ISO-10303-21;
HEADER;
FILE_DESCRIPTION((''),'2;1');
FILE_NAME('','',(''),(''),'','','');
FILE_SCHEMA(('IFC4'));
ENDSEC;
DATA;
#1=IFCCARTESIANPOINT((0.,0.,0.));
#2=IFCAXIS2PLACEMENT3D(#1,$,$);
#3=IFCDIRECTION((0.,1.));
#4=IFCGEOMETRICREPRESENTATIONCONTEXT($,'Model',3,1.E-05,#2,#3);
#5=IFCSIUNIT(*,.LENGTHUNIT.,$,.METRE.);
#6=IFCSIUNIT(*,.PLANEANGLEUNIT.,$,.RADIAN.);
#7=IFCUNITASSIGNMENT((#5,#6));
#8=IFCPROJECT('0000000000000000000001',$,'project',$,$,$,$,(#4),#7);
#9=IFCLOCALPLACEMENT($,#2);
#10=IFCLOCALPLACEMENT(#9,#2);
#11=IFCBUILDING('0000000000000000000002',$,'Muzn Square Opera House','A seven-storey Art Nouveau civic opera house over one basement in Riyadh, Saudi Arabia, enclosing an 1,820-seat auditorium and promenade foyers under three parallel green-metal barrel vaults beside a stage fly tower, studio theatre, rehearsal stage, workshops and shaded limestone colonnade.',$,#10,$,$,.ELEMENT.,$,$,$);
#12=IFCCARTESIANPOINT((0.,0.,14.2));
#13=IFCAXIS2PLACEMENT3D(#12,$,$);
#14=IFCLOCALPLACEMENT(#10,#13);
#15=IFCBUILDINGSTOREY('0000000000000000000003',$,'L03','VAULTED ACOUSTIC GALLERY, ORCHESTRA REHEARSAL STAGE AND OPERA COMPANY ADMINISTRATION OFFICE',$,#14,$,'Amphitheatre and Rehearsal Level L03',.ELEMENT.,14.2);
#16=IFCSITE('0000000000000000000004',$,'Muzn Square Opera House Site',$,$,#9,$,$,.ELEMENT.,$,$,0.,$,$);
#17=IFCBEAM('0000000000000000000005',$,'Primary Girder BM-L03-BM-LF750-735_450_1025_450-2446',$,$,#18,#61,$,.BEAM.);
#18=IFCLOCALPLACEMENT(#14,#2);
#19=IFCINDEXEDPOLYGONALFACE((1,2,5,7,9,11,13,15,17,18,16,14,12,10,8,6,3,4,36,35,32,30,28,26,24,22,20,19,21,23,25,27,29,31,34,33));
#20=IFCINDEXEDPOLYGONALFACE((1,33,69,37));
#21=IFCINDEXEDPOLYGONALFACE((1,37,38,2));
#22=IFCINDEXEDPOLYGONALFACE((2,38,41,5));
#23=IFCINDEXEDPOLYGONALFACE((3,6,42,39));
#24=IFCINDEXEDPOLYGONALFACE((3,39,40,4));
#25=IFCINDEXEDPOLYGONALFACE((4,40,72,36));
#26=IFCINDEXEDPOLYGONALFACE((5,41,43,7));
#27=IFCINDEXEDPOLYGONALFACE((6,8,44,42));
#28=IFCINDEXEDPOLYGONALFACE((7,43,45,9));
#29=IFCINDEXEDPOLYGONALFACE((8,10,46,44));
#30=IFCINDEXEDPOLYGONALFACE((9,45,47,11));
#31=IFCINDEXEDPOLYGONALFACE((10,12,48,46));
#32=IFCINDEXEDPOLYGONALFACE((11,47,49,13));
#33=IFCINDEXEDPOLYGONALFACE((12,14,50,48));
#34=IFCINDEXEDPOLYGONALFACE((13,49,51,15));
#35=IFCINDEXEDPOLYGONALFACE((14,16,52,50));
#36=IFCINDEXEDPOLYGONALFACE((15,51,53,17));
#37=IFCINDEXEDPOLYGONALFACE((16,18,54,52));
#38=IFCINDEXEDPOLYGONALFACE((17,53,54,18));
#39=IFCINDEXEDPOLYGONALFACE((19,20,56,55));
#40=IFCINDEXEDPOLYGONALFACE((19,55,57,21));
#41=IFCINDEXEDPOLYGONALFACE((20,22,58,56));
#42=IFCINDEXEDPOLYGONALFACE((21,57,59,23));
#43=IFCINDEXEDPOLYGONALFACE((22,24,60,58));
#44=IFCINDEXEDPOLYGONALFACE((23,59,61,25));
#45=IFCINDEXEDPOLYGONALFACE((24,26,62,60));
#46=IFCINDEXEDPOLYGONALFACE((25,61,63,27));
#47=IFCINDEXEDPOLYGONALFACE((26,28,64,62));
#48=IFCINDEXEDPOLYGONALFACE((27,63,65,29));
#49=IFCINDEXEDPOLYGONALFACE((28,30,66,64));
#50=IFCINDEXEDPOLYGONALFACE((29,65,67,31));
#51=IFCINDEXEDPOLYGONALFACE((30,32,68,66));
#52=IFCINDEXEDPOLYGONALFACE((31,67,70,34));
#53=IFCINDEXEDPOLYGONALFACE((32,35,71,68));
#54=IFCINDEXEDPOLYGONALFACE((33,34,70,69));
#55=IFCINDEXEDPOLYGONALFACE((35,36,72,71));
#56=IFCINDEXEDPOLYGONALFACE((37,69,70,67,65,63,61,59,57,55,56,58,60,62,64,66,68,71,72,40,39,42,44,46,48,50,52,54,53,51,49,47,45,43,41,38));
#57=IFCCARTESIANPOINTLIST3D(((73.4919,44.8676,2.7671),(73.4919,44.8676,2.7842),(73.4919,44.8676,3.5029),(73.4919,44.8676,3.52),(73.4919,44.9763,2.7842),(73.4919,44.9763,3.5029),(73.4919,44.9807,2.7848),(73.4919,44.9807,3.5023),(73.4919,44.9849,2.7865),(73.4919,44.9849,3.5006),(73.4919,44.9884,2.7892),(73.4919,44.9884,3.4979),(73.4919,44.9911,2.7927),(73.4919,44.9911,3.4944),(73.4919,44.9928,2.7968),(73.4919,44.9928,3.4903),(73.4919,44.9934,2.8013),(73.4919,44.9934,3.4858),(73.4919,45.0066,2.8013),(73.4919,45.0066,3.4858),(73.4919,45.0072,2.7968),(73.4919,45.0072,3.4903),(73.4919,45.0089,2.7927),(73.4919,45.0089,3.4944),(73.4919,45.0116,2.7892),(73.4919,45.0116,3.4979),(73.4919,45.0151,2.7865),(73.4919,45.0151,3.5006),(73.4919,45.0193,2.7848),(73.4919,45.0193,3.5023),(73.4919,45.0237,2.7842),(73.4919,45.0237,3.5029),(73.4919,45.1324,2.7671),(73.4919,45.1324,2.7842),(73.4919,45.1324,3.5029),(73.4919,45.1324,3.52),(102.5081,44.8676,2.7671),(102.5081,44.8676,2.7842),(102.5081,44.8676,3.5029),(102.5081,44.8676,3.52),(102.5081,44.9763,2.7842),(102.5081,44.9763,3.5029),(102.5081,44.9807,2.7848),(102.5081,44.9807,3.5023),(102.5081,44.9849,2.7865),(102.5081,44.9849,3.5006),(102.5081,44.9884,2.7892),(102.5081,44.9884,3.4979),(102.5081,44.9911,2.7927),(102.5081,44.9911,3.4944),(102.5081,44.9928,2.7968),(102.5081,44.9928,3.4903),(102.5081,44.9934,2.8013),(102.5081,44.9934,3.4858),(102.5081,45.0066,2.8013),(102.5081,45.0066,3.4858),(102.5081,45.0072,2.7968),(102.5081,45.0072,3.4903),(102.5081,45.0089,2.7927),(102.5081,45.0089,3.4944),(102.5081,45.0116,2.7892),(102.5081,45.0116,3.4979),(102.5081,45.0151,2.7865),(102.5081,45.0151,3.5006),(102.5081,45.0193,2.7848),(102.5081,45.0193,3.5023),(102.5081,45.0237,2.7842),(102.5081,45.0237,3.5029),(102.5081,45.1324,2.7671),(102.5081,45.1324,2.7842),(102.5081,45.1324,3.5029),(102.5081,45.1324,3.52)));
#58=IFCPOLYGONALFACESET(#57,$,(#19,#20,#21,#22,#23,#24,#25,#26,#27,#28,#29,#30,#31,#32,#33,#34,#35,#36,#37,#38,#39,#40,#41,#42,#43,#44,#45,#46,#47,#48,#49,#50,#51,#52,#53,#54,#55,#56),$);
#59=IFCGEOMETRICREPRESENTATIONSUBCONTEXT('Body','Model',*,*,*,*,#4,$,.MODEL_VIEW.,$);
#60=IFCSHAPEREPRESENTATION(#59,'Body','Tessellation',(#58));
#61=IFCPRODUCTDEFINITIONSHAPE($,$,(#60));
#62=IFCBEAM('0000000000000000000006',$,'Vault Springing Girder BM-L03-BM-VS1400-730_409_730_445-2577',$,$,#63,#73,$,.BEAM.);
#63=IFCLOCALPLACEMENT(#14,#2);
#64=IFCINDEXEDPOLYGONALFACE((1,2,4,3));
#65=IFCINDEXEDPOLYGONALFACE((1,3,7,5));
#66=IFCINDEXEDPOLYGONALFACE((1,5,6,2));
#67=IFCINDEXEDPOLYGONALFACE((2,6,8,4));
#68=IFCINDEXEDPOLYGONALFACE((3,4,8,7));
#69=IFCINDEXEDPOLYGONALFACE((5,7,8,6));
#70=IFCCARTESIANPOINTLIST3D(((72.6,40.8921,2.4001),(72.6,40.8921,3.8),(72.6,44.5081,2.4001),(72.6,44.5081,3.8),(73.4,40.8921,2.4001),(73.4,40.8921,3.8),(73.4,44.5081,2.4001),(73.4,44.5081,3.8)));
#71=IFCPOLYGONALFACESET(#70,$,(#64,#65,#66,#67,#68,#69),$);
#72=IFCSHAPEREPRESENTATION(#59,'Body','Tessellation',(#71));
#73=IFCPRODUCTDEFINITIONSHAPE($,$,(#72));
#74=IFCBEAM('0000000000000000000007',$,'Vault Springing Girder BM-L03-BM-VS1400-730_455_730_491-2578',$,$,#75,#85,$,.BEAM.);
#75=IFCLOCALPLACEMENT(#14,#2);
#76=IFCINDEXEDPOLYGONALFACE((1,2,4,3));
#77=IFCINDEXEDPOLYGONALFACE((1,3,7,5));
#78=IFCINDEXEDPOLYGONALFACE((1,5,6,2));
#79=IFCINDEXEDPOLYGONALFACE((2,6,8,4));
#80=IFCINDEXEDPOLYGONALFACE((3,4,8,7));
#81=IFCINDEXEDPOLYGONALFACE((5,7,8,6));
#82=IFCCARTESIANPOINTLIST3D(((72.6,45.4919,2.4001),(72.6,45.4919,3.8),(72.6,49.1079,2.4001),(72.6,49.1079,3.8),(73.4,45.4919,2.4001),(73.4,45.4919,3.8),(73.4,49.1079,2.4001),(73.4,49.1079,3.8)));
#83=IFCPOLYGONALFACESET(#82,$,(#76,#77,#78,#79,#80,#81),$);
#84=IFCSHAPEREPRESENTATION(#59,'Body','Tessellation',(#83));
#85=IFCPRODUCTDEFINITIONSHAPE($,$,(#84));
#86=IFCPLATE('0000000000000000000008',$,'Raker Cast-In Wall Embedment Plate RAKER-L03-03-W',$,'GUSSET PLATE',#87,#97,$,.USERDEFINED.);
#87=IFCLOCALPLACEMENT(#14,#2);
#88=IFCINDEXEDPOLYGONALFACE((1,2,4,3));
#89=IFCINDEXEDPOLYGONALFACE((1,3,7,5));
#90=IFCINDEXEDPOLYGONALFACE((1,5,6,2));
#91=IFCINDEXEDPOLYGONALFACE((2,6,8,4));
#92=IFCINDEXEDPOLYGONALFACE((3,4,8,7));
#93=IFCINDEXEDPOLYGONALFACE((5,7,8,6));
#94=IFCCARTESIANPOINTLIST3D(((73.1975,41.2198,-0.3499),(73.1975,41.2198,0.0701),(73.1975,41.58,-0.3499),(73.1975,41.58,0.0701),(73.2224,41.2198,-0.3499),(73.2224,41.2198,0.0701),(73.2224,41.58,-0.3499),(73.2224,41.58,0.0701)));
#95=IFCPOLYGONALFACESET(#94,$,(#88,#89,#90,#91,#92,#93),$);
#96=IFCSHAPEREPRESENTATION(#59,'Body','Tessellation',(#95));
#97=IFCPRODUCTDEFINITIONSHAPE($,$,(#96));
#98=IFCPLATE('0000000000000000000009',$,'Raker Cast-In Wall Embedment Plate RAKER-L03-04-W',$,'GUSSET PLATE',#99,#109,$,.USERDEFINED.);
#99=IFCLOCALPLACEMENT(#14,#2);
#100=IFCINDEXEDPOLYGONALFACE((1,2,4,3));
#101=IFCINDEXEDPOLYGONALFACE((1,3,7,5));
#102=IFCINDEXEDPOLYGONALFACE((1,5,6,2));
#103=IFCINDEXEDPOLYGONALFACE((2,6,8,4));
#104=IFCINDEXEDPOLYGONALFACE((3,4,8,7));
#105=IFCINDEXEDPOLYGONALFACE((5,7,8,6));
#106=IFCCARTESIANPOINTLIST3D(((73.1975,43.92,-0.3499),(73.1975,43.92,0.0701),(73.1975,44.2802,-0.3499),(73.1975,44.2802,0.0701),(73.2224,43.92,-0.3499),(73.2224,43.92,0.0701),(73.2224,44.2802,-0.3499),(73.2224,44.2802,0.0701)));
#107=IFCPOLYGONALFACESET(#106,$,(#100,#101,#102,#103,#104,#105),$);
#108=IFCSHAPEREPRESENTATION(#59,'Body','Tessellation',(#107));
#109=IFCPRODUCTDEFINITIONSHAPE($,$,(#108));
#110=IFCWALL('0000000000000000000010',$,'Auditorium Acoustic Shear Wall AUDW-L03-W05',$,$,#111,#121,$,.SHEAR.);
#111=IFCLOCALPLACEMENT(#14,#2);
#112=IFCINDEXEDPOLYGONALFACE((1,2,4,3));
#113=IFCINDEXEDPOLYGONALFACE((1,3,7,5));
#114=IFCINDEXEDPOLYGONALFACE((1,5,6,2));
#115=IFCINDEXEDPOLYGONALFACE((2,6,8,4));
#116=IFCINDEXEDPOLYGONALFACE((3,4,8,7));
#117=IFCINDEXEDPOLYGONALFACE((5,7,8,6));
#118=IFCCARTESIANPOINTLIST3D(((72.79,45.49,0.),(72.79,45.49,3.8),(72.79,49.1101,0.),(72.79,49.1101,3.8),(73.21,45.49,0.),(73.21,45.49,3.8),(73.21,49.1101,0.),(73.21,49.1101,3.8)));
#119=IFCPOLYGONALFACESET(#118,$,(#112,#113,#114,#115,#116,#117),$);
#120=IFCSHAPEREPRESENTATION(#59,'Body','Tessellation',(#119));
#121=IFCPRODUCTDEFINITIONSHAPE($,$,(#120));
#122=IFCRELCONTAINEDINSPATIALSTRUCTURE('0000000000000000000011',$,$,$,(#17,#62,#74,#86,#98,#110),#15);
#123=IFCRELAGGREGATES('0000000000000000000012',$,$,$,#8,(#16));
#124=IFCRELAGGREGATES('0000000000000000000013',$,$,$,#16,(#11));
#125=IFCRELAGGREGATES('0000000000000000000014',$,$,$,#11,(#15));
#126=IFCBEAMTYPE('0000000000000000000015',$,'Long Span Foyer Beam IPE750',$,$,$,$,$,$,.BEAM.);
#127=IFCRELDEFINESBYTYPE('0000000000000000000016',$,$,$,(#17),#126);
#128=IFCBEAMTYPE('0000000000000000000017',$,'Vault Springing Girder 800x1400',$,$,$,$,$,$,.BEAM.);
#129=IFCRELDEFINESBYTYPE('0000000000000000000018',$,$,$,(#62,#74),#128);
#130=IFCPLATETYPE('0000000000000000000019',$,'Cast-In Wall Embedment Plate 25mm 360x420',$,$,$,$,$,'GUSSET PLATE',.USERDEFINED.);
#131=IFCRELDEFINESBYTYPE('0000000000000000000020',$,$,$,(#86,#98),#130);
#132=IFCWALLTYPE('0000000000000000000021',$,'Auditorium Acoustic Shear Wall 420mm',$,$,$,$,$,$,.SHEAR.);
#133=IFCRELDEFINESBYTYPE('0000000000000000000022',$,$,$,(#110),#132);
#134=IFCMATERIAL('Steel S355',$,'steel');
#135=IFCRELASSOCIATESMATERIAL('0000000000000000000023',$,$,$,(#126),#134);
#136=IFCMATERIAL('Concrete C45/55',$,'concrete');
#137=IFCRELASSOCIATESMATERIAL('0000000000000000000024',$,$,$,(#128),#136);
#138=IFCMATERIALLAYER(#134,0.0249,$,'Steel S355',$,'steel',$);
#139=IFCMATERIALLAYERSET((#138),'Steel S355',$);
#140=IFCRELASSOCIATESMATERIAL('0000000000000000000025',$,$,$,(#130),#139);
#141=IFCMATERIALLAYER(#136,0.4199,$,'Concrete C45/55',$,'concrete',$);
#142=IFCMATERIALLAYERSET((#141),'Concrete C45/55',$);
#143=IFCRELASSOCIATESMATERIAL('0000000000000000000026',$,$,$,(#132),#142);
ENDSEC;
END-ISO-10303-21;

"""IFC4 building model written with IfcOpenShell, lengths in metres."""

from ifc_helpers import new_model, si_unit, direction, frame, frame_2d, origin, origin_2d, place, context, subcontext, project, spatial, rectangle, i_section, extrude, material, layer, layer_set, material_profile, profile_set, type_object, element, save


model = new_model("IFC4")

# Units and contexts
model_context = context("Model", 3, precision=1e-05, world=origin(), true_north=direction((0.0, 1.0)))
body_context = subcontext(model_context, "Body", "Model", "MODEL_VIEW")
ifc_project = project(units=[si_unit("LENGTHUNIT", "METRE"), si_unit("PLANEANGLEUNIT", "RADIAN")], contexts=[model_context])

# Site, building, storey
site_placement = place(None, origin())
site = spatial("IfcSite", under=ifc_project, at=site_placement, Name="Muzn Square Opera House Site", CompositionType="ELEMENT", RefElevation=0.0)
building_placement = place(site_placement, origin())
building = spatial("IfcBuilding", under=site, at=building_placement, Name="Muzn Square Opera House", Description="A seven-storey Art Nouveau civic opera house over one basement in Riyadh, Saudi Arabia, enclosing an 1,820-seat auditorium and promenade foyers under three parallel green-metal barrel vaults beside a stage fly tower, studio theatre, rehearsal stage, workshops and shaded limestone colonnade.", CompositionType="ELEMENT")
storey_placement = place(building_placement, frame((0.0, 0.0, 14.2)))
storey = spatial("IfcBuildingStorey", under=building, at=storey_placement, Name="L03", Description="VAULTED ACOUSTIC GALLERY, ORCHESTRA REHEARSAL STAGE AND OPERA COMPANY ADMINISTRATION OFFICE", LongName="Amphitheatre and Rehearsal Level L03", CompositionType="ELEMENT", Elevation=14.2)

# Shared definitions
ifc_material_1 = material(Name="Concrete C45/55", Category="concrete")

# Beams
ifc_material_2 = material(Name="Steel S355", Category="steel")
ifc_material_profile_1 = material_profile(ifc_material_2, i_section(OverallWidth=0.2649, OverallDepth=0.7529, WebThickness=0.0132, FlangeThickness=0.0171, FilletRadius=0.0171, at=origin_2d()), Name="IPE 750x147", Category="steel")
ifc_profile_set_1 = profile_set([ifc_material_profile_1], Name="Steel S355")
beam_type_1 = type_object("IfcBeamType", Name="Long Span Foyer Beam IPE750", PredefinedType="BEAM", material=ifc_profile_set_1)
for number, where, z_axis, x_axis, name in (
    (1, (73.4919, 45.0, 3.1436), (1.0, 0.0, 0.0), (0.0, 1.0, 0.0), "Primary Girder BM-L03-BM-LF750-735_450_1025_450-2446"),
):
    element("IfcBeam", number, at=place(storey_placement, frame(where, z_axis=z_axis, x_axis=x_axis)), inside=storey, type_object=beam_type_1, Name=name, PredefinedType="BEAM", context=body_context, shape_type="SweptSolid", body=[
        extrude(i_section(OverallWidth=0.2649, OverallDepth=0.7529, WebThickness=0.0132, FlangeThickness=0.0171, FilletRadius=0.0171, at=origin_2d()), origin(), (0.0, 0.0, 1.0), 29.0161),
    ])
ifc_material_profile_2 = material_profile(ifc_material_1, rectangle(XDim=0.8, YDim=1.3999, at=origin_2d()), Name="RCB 800x1400", Category="concrete")
ifc_profile_set_2 = profile_set([ifc_material_profile_2], Name="Concrete C45/55")
beam_type_2 = type_object("IfcBeamType", Name="Vault Springing Girder 800x1400", PredefinedType="BEAM", material=ifc_profile_set_2)
for number, where, z_axis, x_axis, name in (
    (2, (73.0, 40.8921, 3.1001), (0.0, 1.0, 0.0), (-1.0, 0.0, 0.0), "Vault Springing Girder BM-L03-BM-VS1400-730_409_730_445-2577"),
    (3, (73.0, 45.4919, 3.1001), (0.0, 1.0, 0.0), (-1.0, 0.0, 0.0), "Vault Springing Girder BM-L03-BM-VS1400-730_455_730_491-2578"),
):
    element("IfcBeam", number, at=place(storey_placement, frame(where, z_axis=z_axis, x_axis=x_axis)), inside=storey, type_object=beam_type_2, Name=name, PredefinedType="BEAM", context=body_context, shape_type="SweptSolid", body=[
        extrude(rectangle(XDim=0.8, YDim=1.3999, at=origin_2d()), origin(), (0.0, 0.0, 1.0), 3.616),
    ])

# Plates
ifc_layer_1 = layer(ifc_material_2, 0.0249, Name="Steel S355", Category="steel")
ifc_layer_set_1 = layer_set([ifc_layer_1], Name="Steel S355")
plate_type = type_object("IfcPlateType", Name="Cast-In Wall Embedment Plate 25mm 360x420", ElementType="GUSSET PLATE", PredefinedType="USERDEFINED", material=ifc_layer_set_1)
for number, where, z_axis, x_axis, name in (
    (4, (73.21, 41.3999, -0.3499), (0.0, 0.0, 1.0), (1.0, 0.0, 0.0), "Raker Cast-In Wall Embedment Plate RAKER-L03-03-W"),
    (5, (73.21, 44.1001, -0.3499), (0.0, 0.0, 1.0), (1.0, 0.0, 0.0), "Raker Cast-In Wall Embedment Plate RAKER-L03-04-W"),
):
    element("IfcPlate", number, at=place(storey_placement, frame(where, z_axis=z_axis, x_axis=x_axis)), inside=storey, type_object=plate_type, Name=name, ObjectType="GUSSET PLATE", PredefinedType="USERDEFINED", context=body_context, shape_type="SweptSolid", body=[
        extrude(rectangle(XDim=0.0249, YDim=0.3601, at=origin_2d()), origin(), (0.0, 0.0, 1.0), 0.4199),
    ])

# Wall
ifc_layer_2 = layer(ifc_material_1, 0.4199, Name="Concrete C45/55", Category="concrete")
ifc_layer_set_2 = layer_set([ifc_layer_2], Name="Concrete C45/55")
wall_type = type_object("IfcWallType", Name="Auditorium Acoustic Shear Wall 420mm", PredefinedType="SHEAR", material=ifc_layer_set_2)
wall_placement = place(storey_placement, frame((73.0, 45.49, 0.0), z_axis=(0.0, 0.0, 1.0), x_axis=(0.0, 1.0, 0.0)))
element("IfcWall", 6, at=wall_placement, inside=storey, type_object=wall_type, Name="Auditorium Acoustic Shear Wall AUDW-L03-W05", PredefinedType="SHEAR", context=body_context, shape_type="SweptSolid", body=[
    extrude(rectangle(XDim=3.6201, YDim=0.4199, at=frame_2d((1.8101, 0.0))), origin(), (0.0, 0.0, 1.0), 3.8),
])

save(model, "model.ifc")
